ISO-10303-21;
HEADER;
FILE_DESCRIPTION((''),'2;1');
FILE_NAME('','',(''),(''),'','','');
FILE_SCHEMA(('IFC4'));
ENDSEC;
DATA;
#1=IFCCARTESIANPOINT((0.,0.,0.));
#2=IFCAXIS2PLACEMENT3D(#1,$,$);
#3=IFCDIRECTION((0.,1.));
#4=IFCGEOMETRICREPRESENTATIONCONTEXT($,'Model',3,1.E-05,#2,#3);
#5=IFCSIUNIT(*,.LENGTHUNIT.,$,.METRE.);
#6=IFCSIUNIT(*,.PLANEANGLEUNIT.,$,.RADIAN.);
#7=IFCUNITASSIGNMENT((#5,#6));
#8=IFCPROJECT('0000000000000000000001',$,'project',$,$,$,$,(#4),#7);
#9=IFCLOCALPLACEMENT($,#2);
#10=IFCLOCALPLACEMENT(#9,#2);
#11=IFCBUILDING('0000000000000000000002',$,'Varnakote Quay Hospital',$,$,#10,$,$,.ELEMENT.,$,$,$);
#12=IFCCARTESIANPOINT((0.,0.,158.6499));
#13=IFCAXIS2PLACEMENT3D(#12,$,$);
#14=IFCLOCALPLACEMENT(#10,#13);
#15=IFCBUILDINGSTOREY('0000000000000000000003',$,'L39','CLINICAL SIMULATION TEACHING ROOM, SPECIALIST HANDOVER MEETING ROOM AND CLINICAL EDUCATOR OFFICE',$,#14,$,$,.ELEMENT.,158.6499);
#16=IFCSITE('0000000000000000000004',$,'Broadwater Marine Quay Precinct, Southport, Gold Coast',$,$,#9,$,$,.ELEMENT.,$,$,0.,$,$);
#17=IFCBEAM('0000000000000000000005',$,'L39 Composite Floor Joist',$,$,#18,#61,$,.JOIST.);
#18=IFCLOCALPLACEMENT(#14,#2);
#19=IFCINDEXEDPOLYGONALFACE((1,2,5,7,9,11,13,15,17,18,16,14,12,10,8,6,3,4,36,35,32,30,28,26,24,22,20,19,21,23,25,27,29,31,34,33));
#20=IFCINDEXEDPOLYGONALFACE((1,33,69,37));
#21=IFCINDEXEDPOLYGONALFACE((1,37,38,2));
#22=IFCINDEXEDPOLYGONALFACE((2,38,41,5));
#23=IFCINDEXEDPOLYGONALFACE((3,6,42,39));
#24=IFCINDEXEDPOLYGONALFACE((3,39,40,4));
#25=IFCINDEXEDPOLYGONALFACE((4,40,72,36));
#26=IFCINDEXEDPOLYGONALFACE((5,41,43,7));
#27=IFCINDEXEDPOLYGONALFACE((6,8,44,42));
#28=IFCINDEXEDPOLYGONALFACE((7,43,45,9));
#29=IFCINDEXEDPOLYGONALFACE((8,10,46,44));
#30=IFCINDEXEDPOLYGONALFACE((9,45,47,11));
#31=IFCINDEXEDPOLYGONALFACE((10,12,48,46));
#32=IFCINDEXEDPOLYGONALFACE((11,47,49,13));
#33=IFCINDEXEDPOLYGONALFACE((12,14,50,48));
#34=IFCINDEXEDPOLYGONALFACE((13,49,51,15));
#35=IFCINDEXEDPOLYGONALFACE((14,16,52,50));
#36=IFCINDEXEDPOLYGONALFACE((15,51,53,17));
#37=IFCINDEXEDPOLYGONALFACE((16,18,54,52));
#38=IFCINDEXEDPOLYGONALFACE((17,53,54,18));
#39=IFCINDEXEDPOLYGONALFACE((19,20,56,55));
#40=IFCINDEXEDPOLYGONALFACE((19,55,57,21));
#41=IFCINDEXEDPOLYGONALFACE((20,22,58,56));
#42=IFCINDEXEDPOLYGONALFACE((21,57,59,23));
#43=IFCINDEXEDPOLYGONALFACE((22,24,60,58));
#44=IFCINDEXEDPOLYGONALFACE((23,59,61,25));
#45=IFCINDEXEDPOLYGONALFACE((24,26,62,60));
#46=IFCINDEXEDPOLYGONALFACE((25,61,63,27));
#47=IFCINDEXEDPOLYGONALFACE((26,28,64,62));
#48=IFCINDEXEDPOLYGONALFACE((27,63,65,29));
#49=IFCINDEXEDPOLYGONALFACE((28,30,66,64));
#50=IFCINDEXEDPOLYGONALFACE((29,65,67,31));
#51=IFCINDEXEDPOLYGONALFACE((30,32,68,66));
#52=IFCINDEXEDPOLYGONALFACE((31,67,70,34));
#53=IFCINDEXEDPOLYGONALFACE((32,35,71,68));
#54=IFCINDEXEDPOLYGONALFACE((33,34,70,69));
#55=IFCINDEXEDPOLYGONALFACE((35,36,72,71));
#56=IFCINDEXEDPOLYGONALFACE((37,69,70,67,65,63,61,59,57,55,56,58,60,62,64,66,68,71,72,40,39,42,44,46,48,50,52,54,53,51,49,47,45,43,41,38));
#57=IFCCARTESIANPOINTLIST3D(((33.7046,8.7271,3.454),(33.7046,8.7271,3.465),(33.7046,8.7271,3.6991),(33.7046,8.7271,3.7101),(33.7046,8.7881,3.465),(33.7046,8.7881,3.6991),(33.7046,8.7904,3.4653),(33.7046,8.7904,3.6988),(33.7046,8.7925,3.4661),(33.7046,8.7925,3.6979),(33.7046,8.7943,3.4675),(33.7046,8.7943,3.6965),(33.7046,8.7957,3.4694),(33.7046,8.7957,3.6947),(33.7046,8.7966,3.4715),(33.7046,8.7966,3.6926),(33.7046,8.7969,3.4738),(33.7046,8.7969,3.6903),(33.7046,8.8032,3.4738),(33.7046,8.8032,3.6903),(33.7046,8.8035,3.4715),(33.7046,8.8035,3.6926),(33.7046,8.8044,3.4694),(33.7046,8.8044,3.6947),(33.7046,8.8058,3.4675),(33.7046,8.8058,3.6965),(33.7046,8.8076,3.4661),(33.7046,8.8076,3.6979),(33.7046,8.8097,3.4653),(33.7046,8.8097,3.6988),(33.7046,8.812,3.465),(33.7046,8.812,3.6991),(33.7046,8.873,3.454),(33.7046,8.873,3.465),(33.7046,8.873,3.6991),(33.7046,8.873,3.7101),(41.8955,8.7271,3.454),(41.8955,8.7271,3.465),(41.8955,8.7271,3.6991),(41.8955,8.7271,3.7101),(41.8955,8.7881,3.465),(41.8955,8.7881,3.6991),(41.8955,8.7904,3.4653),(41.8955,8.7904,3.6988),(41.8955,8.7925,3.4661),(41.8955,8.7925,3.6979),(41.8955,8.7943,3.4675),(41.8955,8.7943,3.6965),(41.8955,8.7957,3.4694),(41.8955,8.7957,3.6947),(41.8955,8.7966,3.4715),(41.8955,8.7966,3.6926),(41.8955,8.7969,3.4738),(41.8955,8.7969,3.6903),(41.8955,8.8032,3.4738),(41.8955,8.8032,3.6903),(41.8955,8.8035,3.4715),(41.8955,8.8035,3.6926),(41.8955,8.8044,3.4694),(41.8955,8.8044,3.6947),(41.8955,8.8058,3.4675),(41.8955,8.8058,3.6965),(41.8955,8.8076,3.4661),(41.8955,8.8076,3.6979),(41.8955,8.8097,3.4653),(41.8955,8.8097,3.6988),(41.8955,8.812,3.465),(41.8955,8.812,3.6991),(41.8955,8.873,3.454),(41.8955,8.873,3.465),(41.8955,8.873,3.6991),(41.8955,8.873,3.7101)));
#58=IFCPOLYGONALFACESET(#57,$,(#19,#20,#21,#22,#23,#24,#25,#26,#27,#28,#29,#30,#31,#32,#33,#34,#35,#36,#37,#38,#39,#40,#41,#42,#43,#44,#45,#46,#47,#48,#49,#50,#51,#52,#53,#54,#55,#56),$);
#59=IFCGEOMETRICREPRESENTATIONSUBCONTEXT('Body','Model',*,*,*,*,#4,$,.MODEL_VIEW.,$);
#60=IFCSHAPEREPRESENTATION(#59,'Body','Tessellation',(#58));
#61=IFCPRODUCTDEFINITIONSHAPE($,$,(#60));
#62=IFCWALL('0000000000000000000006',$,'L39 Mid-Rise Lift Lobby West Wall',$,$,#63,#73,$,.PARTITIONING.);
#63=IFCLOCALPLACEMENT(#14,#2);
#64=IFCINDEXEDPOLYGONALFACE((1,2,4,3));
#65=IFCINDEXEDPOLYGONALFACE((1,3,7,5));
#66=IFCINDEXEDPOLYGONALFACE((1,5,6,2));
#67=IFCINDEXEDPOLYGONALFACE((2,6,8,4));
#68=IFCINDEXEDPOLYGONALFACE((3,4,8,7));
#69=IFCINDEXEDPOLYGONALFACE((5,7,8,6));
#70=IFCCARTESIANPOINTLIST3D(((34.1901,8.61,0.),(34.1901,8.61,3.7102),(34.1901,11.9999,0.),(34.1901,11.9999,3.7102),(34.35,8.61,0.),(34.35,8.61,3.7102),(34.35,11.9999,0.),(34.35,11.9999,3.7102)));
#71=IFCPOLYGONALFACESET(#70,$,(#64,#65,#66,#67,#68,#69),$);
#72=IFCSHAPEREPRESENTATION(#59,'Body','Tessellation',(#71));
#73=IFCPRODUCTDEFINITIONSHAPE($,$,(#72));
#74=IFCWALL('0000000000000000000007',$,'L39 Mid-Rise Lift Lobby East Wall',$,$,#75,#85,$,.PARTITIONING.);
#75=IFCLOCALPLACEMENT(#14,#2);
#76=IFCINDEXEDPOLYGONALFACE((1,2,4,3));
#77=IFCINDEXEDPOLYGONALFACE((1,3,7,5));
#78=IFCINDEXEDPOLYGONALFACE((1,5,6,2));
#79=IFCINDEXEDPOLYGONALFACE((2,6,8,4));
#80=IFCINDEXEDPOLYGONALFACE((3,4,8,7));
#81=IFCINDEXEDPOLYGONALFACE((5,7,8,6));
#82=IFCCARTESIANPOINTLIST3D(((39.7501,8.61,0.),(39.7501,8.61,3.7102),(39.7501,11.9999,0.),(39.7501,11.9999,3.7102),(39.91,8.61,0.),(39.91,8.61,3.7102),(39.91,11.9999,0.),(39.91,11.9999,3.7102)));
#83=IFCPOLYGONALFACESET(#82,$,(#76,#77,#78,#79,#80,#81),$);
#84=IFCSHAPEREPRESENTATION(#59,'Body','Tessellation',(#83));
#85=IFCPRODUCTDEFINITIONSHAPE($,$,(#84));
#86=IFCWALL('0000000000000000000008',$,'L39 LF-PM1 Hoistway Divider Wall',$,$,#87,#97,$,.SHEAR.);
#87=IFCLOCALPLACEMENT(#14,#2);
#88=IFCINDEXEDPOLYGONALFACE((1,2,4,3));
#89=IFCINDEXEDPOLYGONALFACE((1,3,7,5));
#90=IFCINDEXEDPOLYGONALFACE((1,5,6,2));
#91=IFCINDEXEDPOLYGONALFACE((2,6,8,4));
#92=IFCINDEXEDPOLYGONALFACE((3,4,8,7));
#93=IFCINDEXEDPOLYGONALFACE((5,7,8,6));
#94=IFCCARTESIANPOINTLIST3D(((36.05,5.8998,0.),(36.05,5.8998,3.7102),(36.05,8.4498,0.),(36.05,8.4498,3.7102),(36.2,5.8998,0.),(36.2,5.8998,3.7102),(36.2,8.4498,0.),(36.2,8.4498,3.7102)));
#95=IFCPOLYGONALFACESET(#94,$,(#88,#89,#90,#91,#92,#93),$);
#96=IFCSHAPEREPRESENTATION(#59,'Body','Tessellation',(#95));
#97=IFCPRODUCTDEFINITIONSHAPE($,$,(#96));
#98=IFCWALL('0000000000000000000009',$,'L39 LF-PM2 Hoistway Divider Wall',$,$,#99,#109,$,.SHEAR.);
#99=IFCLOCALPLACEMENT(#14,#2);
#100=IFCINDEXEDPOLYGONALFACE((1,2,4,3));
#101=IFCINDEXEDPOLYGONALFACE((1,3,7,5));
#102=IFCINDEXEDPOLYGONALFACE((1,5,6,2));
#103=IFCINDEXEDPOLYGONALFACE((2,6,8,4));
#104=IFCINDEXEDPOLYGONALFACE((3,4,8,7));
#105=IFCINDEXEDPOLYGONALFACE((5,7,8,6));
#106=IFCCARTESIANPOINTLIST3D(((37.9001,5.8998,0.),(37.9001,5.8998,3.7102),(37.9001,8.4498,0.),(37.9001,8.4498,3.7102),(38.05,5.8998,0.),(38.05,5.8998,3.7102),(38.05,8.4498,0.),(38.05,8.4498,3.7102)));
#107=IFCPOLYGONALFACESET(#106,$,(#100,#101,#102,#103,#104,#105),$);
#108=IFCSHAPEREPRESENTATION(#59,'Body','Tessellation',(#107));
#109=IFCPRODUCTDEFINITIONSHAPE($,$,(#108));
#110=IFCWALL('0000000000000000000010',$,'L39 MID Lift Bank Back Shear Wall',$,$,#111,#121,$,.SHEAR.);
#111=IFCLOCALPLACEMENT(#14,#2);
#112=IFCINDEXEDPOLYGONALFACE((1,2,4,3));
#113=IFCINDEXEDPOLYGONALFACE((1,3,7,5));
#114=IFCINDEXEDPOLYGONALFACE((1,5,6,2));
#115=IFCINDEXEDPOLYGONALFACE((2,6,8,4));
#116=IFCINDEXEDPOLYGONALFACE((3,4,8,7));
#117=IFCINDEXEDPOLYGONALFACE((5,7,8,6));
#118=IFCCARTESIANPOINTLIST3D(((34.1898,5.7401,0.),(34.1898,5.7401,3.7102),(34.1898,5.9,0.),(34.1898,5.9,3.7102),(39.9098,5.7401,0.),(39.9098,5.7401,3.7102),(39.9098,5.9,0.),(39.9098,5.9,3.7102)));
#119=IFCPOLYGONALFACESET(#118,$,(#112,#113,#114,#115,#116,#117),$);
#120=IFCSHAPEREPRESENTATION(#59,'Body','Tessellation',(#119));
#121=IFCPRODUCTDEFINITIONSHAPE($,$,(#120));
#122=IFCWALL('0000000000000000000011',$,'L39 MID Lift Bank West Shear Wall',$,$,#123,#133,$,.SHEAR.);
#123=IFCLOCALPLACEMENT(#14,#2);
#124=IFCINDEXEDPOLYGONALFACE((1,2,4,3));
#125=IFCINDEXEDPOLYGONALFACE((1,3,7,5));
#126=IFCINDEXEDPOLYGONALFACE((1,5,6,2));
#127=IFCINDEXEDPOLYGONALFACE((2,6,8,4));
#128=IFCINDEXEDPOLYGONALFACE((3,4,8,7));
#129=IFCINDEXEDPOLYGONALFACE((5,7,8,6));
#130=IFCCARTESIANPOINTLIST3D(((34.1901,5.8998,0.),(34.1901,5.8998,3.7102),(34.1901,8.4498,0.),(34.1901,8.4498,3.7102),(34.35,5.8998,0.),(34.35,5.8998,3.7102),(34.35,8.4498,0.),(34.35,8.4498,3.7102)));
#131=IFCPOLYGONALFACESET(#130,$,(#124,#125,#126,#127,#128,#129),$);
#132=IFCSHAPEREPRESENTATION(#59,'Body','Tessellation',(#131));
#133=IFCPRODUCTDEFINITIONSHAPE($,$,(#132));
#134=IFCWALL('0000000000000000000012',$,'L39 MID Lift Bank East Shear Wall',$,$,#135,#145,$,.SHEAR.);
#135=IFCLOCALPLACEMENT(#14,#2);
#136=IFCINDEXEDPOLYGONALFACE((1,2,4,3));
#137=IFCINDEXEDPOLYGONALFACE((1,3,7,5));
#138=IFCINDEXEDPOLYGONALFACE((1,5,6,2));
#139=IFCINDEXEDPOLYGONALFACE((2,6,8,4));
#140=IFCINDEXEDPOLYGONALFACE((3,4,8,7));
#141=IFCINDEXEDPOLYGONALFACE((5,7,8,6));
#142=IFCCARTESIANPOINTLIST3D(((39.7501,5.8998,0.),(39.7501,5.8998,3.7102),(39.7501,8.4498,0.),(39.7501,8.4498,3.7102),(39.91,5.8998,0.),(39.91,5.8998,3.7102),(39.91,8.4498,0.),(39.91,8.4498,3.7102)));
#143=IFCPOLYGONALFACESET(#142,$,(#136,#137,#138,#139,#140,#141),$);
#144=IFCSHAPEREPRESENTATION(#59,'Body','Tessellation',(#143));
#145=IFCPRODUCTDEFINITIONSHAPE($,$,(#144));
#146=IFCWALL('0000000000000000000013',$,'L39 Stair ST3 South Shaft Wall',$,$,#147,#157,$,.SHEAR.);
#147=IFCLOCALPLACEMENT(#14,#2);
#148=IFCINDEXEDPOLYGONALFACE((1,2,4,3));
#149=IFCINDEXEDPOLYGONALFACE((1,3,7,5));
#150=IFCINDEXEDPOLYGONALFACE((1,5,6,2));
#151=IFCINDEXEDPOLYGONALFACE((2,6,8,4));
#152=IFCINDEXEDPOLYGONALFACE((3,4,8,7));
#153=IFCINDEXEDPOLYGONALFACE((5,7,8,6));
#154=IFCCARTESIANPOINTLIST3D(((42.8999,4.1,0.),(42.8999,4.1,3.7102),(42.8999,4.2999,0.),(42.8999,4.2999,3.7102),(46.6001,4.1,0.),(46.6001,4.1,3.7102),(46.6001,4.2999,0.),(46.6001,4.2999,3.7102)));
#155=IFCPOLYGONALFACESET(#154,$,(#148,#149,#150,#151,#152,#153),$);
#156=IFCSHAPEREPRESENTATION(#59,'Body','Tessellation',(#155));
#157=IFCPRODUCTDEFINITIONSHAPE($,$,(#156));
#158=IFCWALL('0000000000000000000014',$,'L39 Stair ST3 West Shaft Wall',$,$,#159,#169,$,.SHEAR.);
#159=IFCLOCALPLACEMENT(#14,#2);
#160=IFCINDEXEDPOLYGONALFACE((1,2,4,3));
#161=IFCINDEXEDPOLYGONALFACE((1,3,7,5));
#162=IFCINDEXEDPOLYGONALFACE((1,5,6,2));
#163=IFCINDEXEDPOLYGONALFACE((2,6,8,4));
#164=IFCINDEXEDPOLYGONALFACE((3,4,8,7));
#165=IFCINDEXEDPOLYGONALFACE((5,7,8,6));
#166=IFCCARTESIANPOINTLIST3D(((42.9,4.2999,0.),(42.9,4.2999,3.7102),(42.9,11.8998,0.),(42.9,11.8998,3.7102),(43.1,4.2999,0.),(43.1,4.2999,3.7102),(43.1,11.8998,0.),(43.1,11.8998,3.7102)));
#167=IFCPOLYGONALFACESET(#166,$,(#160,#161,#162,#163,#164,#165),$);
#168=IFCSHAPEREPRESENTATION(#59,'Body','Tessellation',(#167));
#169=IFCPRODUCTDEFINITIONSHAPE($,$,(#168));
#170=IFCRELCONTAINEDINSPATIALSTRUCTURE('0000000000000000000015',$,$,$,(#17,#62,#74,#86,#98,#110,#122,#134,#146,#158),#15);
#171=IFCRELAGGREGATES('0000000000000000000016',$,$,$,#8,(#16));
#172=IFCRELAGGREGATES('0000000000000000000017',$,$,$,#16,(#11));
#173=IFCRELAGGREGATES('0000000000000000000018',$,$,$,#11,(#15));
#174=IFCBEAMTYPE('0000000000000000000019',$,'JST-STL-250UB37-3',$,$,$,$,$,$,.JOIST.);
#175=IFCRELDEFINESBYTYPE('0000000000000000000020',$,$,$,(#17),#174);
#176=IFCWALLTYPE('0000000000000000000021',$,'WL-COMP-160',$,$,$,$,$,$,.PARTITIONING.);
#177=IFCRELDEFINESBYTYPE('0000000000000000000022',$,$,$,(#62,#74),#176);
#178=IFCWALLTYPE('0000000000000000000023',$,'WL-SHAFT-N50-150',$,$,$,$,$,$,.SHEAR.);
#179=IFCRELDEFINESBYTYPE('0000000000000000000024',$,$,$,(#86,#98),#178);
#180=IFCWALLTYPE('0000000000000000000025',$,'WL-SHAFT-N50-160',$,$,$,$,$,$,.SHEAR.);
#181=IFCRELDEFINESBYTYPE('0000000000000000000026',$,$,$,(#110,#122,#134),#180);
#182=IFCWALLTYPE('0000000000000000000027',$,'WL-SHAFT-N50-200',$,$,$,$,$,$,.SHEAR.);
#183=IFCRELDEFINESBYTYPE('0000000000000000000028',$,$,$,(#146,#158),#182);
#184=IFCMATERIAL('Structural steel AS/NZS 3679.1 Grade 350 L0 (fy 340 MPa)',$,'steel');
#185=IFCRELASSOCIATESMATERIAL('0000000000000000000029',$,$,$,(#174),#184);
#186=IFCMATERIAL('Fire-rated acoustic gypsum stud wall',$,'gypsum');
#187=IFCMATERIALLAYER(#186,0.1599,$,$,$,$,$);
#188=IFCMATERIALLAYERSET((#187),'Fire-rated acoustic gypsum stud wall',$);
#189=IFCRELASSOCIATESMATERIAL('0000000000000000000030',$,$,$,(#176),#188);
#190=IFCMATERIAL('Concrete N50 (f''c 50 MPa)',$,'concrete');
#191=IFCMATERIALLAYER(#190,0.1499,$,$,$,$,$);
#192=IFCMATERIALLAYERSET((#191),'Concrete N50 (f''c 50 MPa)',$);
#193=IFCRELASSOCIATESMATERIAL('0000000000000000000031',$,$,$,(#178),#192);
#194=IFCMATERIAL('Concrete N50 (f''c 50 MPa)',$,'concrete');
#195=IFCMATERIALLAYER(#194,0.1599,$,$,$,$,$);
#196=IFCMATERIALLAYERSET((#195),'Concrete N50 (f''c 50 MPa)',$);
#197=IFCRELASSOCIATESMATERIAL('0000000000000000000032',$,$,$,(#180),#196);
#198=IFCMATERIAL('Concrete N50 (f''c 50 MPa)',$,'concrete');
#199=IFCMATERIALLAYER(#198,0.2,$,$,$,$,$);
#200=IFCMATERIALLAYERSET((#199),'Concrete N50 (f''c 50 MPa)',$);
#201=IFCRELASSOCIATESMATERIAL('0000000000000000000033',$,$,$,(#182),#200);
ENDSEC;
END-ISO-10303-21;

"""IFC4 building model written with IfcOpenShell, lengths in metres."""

from ifc_helpers import new_model, si_unit, direction, frame, frame_2d, origin, origin_2d, place, context, subcontext, project, spatial, rectangle, i_section, extrude, material, layer, layer_set, material_profile, profile_set, type_object, element, save


model = new_model("IFC4")

# Units and contexts
model_context = context("Model", 3, precision=1e-05, world=origin(), true_north=direction((0.0, 1.0)))
body_context = subcontext(model_context, "Body", "Model", "MODEL_VIEW")
ifc_project = project(units=[si_unit("LENGTHUNIT", "METRE"), si_unit("PLANEANGLEUNIT", "RADIAN")], contexts=[model_context])

# Site, building, storey
site_placement = place(None, origin())
site = spatial("IfcSite", under=ifc_project, at=site_placement, Name="Broadwater Marine Quay Precinct, Southport, Gold Coast", CompositionType="ELEMENT", RefElevation=0.0)
building_placement = place(site_placement, origin())
building = spatial("IfcBuilding", under=site, at=building_placement, Name="Varnakote Quay Hospital", CompositionType="ELEMENT")
storey_placement = place(building_placement, frame((0.0, 0.0, 158.6499)))
storey = spatial("IfcBuildingStorey", under=building, at=storey_placement, Name="L39", Description="CLINICAL SIMULATION TEACHING ROOM, SPECIALIST HANDOVER MEETING ROOM AND CLINICAL EDUCATOR OFFICE", CompositionType="ELEMENT", Elevation=158.6499)

# Beam
ifc_material_1 = material(Name="Structural steel AS/NZS 3679.1 Grade 350 L0 (fy 340 MPa)", Category="steel")
ifc_material_profile_1 = material_profile(ifc_material_1, i_section(OverallWidth=0.146, OverallDepth=0.2561, WebThickness=0.0063, FlangeThickness=0.011, FilletRadius=0.0088, at=origin_2d()), Name="250UB37.3")
ifc_profile_set_1 = profile_set([ifc_material_profile_1], Name="Structural steel AS/NZS 3679.1 Grade 350 L0 (fy 340 MPa)")
beam_type_1 = type_object("IfcBeamType", Name="JST-STL-250UB37-3", PredefinedType="JOIST", material=ifc_profile_set_1)
beam_placement = place(storey_placement, frame((33.7046, 8.8, 3.582), z_axis=(1.0, 0.0, 0.0), x_axis=(0.0, 1.0, 0.0)))
element("IfcBeam", 1, at=beam_placement, inside=storey, type_object=beam_type_1, Name="L39 Composite Floor Joist", PredefinedType="JOIST", context=body_context, shape_type="SweptSolid", body=[
    extrude(i_section(OverallWidth=0.146, OverallDepth=0.2561, WebThickness=0.0063, FlangeThickness=0.011, FilletRadius=0.0088, at=origin_2d()), origin(), (0.0, 0.0, 1.0), 8.1909),
])

# Walls
ifc_material_2 = material(Name="Fire-rated acoustic gypsum stud wall", Category="gypsum")
ifc_layer_1 = layer(ifc_material_2, 0.1599)
ifc_layer_set_1 = layer_set([ifc_layer_1], Name="Fire-rated acoustic gypsum stud wall")
wall_type_1 = type_object("IfcWallType", Name="WL-COMP-160", PredefinedType="PARTITIONING", material=ifc_layer_set_1)
for number, where, z_axis, x_axis, name in (
    (2, (34.27, 8.6101, 0.0), (0.0, 0.0, 1.0), (0.0, 1.0, 0.0), "L39 Mid-Rise Lift Lobby West Wall"),
    (3, (39.8301, 8.6101, 0.0), (0.0, 0.0, 1.0), (0.0, 1.0, 0.0), "L39 Mid-Rise Lift Lobby East Wall"),
):
    element("IfcWall", number, at=place(storey_placement, frame(where, z_axis=z_axis, x_axis=x_axis)), inside=storey, type_object=wall_type_1, Name=name, PredefinedType="PARTITIONING", context=body_context, shape_type="SweptSolid", body=[
        extrude(rectangle(XDim=3.3899, YDim=0.1599, at=frame_2d((1.6948, 0.0))), origin(), (0.0, 0.0, 1.0), 3.7102),
    ])
ifc_material_3 = material(Name="Concrete N50 (f'c 50 MPa)", Category="concrete")
ifc_layer_2 = layer(ifc_material_3, 0.1499)
ifc_layer_set_2 = layer_set([ifc_layer_2], Name="Concrete N50 (f'c 50 MPa)")
wall_type_2 = type_object("IfcWallType", Name="WL-SHAFT-N50-150", PredefinedType="SHEAR", material=ifc_layer_set_2)
for number, where, z_axis, x_axis, name in (
    (4, (36.125, 5.8999, 0.0), (0.0, 0.0, 1.0), (0.0, 1.0, 0.0), "L39 LF-PM1 Hoistway Divider Wall"),
    (5, (37.9751, 5.8999, 0.0), (0.0, 0.0, 1.0), (0.0, 1.0, 0.0), "L39 LF-PM2 Hoistway Divider Wall"),
):
    element("IfcWall", number, at=place(storey_placement, frame(where, z_axis=z_axis, x_axis=x_axis)), inside=storey, type_object=wall_type_2, Name=name, PredefinedType="SHEAR", context=body_context, shape_type="SweptSolid", body=[
        extrude(rectangle(XDim=2.55, YDim=0.1499, at=frame_2d((1.2749, 0.0))), origin(), (0.0, 0.0, 1.0), 3.7102),
    ])
ifc_material_4 = material(Name="Concrete N50 (f'c 50 MPa)", Category="concrete")
ifc_layer_3 = layer(ifc_material_4, 0.1599)
ifc_layer_set_3 = layer_set([ifc_layer_3], Name="Concrete N50 (f'c 50 MPa)")
wall_type_3 = type_object("IfcWallType", Name="WL-SHAFT-N50-160", PredefinedType="SHEAR", material=ifc_layer_set_3)
wall_1_placement = place(storey_placement, frame((34.1899, 5.8201, 0.0), z_axis=(0.0, 0.0, 1.0), x_axis=(1.0, 0.0, 0.0)))
element("IfcWall", 6, at=wall_1_placement, inside=storey, type_object=wall_type_3, Name="L39 MID Lift Bank Back Shear Wall", PredefinedType="SHEAR", context=body_context, shape_type="SweptSolid", body=[
    extrude(rectangle(XDim=5.72, YDim=0.1599, at=frame_2d((2.8599, 0.0))), origin(), (0.0, 0.0, 1.0), 3.7102),
])
for number, where, z_axis, x_axis, name in (
    (7, (34.27, 5.8999, 0.0), (0.0, 0.0, 1.0), (0.0, 1.0, 0.0), "L39 MID Lift Bank West Shear Wall"),
    (8, (39.8301, 5.8999, 0.0), (0.0, 0.0, 1.0), (0.0, 1.0, 0.0), "L39 MID Lift Bank East Shear Wall"),
):
    element("IfcWall", number, at=place(storey_placement, frame(where, z_axis=z_axis, x_axis=x_axis)), inside=storey, type_object=wall_type_3, Name=name, PredefinedType="SHEAR", context=body_context, shape_type="SweptSolid", body=[
        extrude(rectangle(XDim=2.55, YDim=0.1599, at=frame_2d((1.2749, 0.0))), origin(), (0.0, 0.0, 1.0), 3.7102),
    ])

# Walls
ifc_material_5 = material(Name="Concrete N50 (f'c 50 MPa)", Category="concrete")
ifc_layer_4 = layer(ifc_material_5, 0.2)
ifc_layer_set_4 = layer_set([ifc_layer_4], Name="Concrete N50 (f'c 50 MPa)")
wall_type_4 = type_object("IfcWallType", Name="WL-SHAFT-N50-200", PredefinedType="SHEAR", material=ifc_layer_set_4)
wall_2_placement = place(storey_placement, frame((42.8999, 4.2, 0.0), z_axis=(0.0, 0.0, 1.0), x_axis=(1.0, 0.0, 0.0)))
element("IfcWall", 9, at=wall_2_placement, inside=storey, type_object=wall_type_4, Name="L39 Stair ST3 South Shaft Wall", PredefinedType="SHEAR", context=body_context, shape_type="SweptSolid", body=[
    extrude(rectangle(XDim=3.7002, YDim=0.2, at=frame_2d((1.8501, 0.0))), origin(), (0.0, 0.0, 1.0), 3.7102),
])
wall_3_placement = place(storey_placement, frame((43.0, 4.3, 0.0), z_axis=(0.0, 0.0, 1.0), x_axis=(0.0, 1.0, 0.0)))
element("IfcWall", 10, at=wall_3_placement, inside=storey, type_object=wall_type_4, Name="L39 Stair ST3 West Shaft Wall", PredefinedType="SHEAR", context=body_context, shape_type="SweptSolid", body=[
    extrude(rectangle(XDim=7.5999, YDim=0.2, at=frame_2d((3.7998, 0.0))), origin(), (0.0, 0.0, 1.0), 3.7102),
])

save(model, "model.ifc")
